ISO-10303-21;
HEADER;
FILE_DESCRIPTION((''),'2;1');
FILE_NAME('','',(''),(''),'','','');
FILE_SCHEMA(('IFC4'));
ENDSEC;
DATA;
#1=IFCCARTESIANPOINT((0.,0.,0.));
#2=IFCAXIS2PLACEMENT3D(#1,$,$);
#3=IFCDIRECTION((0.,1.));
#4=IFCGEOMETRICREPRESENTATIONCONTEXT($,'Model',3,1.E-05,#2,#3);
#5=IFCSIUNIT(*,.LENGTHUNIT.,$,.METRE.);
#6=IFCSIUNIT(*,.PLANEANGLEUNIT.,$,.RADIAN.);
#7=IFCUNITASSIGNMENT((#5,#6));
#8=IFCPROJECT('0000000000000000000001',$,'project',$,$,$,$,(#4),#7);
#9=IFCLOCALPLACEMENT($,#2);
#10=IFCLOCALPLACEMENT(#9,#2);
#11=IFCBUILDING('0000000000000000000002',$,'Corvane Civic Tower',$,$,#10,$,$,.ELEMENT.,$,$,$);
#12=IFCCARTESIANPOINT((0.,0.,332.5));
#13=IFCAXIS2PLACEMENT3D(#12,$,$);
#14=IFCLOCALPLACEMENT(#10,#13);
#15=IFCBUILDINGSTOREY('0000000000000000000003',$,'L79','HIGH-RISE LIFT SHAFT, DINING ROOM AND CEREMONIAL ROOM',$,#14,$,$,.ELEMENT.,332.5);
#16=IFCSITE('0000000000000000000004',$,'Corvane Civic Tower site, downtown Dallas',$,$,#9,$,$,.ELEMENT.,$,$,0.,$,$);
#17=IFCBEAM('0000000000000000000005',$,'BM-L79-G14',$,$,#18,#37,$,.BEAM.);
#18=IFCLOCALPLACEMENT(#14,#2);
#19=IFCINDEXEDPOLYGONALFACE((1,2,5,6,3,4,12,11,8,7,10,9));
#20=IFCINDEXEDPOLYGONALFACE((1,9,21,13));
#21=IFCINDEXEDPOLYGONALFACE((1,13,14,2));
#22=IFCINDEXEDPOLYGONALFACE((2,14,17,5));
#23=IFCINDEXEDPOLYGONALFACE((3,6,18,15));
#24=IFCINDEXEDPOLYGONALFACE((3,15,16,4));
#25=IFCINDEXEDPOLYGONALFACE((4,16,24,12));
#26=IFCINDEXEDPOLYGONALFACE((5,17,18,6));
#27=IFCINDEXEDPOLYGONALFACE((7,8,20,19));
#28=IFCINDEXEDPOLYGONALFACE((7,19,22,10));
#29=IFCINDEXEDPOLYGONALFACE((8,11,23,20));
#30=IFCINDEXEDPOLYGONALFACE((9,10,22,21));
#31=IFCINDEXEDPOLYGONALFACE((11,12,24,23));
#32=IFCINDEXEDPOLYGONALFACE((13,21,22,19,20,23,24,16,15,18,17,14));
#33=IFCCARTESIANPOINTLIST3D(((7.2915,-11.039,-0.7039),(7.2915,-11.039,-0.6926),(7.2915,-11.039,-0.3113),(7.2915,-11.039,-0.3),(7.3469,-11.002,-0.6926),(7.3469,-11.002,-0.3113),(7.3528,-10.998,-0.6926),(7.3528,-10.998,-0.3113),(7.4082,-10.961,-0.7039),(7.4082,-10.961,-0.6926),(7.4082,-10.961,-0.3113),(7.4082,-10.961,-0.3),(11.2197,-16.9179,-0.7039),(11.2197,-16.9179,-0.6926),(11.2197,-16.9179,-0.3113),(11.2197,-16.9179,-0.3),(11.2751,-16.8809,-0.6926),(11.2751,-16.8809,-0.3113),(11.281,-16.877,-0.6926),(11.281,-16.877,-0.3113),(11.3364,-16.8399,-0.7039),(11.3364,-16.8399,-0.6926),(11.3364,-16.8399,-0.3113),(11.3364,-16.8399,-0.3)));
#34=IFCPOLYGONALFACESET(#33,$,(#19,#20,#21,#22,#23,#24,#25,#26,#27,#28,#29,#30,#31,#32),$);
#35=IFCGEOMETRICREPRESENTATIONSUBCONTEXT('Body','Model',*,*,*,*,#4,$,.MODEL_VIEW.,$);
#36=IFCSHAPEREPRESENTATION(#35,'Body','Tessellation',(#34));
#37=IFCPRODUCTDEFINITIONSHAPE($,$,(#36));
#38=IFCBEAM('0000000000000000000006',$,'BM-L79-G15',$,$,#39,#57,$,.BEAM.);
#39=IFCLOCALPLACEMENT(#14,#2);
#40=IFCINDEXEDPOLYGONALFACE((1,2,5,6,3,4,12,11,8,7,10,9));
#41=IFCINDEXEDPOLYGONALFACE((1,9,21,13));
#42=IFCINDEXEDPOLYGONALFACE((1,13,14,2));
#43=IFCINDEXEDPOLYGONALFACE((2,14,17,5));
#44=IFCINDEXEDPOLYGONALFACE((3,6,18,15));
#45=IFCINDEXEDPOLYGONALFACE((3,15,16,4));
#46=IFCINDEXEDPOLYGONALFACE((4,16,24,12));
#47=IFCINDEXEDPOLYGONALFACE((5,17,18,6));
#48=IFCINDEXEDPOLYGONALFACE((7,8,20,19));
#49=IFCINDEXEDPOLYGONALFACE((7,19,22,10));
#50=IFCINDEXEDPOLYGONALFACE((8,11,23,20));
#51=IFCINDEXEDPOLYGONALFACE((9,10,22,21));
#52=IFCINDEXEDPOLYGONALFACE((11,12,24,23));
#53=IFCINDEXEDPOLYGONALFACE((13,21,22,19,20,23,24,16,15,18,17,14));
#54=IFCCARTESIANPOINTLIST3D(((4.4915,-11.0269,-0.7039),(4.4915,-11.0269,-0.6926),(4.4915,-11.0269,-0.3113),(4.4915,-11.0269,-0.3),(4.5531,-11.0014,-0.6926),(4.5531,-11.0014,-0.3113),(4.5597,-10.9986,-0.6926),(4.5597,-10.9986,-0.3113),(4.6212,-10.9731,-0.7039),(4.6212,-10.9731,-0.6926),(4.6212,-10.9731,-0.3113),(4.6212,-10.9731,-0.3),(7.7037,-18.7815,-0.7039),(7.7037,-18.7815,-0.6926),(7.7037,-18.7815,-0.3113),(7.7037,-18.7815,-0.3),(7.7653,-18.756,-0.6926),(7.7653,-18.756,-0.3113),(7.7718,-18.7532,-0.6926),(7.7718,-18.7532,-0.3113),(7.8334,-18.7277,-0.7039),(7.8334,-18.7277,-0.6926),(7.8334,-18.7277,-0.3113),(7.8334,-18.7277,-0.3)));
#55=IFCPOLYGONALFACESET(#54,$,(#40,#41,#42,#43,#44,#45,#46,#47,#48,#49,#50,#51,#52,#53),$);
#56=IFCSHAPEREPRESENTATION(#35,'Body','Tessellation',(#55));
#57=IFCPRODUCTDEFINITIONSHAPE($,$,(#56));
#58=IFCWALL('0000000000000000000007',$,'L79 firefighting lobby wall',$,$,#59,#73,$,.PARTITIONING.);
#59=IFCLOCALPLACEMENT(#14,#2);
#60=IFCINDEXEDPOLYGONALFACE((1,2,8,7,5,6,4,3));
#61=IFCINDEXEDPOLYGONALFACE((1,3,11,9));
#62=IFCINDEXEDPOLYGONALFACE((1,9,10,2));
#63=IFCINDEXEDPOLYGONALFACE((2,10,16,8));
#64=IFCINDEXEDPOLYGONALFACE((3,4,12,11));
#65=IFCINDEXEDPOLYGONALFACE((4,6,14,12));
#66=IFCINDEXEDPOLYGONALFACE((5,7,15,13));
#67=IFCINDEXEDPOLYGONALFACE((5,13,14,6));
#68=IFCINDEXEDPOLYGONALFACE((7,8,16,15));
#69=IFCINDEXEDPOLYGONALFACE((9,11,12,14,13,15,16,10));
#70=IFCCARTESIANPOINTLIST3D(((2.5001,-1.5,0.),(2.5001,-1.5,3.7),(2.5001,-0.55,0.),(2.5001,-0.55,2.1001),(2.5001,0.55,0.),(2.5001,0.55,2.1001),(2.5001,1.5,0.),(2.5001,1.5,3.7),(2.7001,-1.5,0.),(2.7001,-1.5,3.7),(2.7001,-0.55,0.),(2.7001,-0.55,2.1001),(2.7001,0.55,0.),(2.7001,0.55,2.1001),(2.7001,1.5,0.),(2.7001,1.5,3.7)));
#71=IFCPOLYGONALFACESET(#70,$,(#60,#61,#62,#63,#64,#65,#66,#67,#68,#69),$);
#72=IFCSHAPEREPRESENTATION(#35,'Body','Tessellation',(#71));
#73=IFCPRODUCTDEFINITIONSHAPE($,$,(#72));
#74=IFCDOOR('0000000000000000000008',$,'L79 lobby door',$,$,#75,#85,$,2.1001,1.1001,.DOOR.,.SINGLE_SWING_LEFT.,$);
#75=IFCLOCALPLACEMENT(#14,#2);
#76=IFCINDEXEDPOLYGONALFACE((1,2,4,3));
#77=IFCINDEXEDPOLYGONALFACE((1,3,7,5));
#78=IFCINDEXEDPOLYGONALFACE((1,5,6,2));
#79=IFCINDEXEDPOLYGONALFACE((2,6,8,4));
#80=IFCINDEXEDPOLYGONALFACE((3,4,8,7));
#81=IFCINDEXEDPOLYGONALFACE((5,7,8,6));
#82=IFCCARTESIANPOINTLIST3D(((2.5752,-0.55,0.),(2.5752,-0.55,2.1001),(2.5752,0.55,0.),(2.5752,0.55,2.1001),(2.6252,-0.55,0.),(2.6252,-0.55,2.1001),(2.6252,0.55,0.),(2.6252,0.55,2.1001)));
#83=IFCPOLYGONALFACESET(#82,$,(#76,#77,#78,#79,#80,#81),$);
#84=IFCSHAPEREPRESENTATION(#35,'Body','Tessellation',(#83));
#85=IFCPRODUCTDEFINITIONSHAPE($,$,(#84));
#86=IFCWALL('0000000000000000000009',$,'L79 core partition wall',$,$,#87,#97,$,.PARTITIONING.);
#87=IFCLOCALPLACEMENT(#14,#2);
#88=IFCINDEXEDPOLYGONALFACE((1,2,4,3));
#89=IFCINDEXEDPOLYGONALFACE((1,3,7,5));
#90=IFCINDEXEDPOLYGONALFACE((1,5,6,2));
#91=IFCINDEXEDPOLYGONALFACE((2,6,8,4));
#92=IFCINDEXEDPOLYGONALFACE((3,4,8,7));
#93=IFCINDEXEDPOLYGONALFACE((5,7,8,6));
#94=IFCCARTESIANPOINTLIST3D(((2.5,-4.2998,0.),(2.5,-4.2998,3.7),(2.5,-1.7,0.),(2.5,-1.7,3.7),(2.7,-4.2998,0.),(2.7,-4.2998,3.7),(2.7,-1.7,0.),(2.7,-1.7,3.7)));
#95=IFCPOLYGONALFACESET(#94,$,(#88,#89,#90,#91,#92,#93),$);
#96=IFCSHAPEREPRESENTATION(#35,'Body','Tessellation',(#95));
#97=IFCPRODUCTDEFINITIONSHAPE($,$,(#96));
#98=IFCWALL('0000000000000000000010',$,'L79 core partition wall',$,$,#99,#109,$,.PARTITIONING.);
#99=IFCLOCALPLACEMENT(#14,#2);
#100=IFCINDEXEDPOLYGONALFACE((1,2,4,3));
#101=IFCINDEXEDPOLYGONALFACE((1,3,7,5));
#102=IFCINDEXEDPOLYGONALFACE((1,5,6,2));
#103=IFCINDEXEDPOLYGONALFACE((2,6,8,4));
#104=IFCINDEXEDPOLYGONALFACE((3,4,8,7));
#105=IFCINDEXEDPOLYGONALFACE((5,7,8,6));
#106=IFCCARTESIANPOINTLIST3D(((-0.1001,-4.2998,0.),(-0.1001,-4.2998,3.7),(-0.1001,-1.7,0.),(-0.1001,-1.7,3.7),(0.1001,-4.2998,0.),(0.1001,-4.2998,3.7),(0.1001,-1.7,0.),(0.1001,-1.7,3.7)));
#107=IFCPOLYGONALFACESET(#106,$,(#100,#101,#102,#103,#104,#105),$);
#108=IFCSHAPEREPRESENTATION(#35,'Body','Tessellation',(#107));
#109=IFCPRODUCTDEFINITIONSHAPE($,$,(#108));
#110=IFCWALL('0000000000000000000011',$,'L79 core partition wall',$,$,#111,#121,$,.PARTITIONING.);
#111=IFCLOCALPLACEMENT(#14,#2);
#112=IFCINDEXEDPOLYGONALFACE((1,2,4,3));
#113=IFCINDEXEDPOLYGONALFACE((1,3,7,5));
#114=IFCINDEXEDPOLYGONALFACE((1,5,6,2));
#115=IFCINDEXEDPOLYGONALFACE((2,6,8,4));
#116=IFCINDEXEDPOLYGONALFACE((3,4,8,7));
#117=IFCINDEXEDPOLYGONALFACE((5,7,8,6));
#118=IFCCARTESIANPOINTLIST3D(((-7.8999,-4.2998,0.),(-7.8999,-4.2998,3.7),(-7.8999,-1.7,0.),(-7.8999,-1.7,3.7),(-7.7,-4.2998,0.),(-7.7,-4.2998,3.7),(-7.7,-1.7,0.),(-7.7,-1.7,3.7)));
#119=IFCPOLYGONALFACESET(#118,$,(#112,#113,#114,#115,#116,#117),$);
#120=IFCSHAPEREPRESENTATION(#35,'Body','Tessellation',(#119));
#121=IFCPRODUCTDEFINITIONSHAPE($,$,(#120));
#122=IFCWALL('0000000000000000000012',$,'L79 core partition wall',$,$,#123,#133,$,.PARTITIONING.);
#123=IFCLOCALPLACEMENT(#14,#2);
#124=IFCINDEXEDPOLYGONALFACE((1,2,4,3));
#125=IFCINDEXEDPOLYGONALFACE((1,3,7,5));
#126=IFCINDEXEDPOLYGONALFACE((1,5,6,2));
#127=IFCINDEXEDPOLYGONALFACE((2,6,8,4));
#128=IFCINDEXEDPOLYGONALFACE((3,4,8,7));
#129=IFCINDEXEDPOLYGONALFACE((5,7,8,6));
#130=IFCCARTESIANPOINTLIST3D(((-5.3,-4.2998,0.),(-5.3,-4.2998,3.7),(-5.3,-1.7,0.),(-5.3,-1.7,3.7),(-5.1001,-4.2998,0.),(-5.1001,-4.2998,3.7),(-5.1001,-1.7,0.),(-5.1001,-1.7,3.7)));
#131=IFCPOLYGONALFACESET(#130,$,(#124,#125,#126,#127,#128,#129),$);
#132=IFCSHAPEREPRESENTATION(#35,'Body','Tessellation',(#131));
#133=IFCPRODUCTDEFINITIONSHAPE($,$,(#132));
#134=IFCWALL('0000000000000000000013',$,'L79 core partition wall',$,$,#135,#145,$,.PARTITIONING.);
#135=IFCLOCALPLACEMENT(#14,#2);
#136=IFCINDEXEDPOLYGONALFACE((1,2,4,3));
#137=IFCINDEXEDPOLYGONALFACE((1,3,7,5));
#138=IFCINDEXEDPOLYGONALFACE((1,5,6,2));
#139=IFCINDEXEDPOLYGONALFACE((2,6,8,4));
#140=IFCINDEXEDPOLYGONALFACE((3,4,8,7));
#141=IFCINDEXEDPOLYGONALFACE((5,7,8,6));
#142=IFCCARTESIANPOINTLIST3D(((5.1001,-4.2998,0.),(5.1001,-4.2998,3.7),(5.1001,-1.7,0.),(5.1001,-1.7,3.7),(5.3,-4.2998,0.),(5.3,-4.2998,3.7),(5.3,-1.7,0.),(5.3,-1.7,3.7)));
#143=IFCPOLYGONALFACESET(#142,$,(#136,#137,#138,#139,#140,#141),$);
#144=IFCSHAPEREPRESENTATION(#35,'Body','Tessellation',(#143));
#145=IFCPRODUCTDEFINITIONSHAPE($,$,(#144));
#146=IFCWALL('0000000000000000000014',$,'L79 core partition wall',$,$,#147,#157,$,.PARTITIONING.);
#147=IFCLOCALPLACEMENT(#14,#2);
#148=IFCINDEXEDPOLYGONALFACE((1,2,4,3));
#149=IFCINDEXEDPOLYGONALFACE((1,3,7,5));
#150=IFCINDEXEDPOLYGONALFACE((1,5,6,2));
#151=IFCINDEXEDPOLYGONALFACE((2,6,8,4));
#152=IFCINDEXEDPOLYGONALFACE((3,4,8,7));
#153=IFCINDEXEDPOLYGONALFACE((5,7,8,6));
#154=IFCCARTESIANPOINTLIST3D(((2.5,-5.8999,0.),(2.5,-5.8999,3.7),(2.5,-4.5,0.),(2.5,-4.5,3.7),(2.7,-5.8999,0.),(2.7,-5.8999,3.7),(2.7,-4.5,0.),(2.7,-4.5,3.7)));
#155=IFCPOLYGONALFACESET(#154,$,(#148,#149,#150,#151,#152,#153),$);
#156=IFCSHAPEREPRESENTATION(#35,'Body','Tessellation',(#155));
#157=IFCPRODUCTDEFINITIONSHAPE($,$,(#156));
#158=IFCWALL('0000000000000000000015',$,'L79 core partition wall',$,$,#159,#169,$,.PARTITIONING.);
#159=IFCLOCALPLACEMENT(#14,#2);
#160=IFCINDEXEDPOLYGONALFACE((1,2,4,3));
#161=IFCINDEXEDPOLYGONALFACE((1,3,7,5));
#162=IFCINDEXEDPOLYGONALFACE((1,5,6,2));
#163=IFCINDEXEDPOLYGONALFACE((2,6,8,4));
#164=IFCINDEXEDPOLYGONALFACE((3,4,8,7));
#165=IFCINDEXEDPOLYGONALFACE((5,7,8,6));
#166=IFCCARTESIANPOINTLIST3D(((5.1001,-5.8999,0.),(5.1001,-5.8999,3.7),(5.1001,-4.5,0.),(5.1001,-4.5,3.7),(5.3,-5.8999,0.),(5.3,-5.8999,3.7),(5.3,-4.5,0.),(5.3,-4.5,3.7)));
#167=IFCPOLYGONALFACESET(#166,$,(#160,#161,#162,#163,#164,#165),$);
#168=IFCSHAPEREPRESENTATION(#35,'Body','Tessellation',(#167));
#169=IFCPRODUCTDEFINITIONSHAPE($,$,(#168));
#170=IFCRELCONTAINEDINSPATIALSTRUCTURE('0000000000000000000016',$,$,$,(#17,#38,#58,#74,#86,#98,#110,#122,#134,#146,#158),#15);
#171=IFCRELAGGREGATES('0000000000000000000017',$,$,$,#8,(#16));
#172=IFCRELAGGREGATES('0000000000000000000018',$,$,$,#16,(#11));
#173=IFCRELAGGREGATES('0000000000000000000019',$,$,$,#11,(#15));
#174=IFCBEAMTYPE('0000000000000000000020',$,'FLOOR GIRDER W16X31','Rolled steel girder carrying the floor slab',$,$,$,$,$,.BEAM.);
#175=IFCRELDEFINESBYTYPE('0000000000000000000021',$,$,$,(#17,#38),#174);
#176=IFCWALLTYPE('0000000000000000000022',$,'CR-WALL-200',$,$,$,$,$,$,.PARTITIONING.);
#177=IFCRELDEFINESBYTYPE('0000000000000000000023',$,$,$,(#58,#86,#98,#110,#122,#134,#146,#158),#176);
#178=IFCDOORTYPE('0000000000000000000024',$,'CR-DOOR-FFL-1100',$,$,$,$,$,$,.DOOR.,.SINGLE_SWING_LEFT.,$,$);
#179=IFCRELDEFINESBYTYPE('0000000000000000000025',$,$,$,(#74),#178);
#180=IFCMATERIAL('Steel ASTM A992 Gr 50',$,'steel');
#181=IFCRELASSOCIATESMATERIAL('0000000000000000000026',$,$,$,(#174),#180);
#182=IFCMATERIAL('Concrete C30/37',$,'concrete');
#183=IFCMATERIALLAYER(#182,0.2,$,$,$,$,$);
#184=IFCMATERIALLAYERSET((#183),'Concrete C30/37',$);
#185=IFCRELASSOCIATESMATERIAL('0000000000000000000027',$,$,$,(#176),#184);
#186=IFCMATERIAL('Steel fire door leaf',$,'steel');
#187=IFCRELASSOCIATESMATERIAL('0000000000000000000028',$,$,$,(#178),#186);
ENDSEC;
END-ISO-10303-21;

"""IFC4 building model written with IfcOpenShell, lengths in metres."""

from ifc_helpers import new_model, si_unit, direction, frame, frame_2d, origin, origin_2d, place, context, subcontext, project, spatial, polyline, rectangle, i_section, outline, extrude, material, layer, layer_set, material_profile, profile_set, type_object, element, fill, save


model = new_model("IFC4")

# Units and contexts
model_context = context("Model", 3, precision=1e-05, world=origin(), true_north=direction((0.0, 1.0)))
body_context = subcontext(model_context, "Body", "Model", "MODEL_VIEW")
ifc_project = project(units=[si_unit("LENGTHUNIT", "METRE"), si_unit("PLANEANGLEUNIT", "RADIAN")], contexts=[model_context])

# Site, building, storey
site_placement = place(None, origin())
site = spatial("IfcSite", under=ifc_project, at=site_placement, Name="Corvane Civic Tower site, downtown Dallas", CompositionType="ELEMENT", RefElevation=0.0)
building_placement = place(site_placement, origin())
building = spatial("IfcBuilding", under=site, at=building_placement, Name="Corvane Civic Tower", CompositionType="ELEMENT")
storey_placement = place(building_placement, frame((0.0, 0.0, 332.5)))
storey = spatial("IfcBuildingStorey", under=building, at=storey_placement, Name="L79", Description="HIGH-RISE LIFT SHAFT, DINING ROOM AND CEREMONIAL ROOM", CompositionType="ELEMENT", Elevation=332.5)

# Beams
ifc_material_1 = material(Name="Steel ASTM A992 Gr 50", Category="steel")
ifc_material_profile = material_profile(ifc_material_1, i_section(OverallWidth=0.1404, OverallDepth=0.4038, WebThickness=0.0071, FlangeThickness=0.0112, at=origin_2d()), Name="W16X31")
ifc_profile_set = profile_set([ifc_material_profile], Name="Steel ASTM A992 Gr 50")
beam_type = type_object("IfcBeamType", Name="FLOOR GIRDER W16X31", Description="Rolled steel girder carrying the floor slab", PredefinedType="BEAM", material=ifc_profile_set)
beam_1_placement = place(storey_placement, frame((7.3499, -11.0, -0.502), z_axis=(0.555576, -0.831465, 0.0), x_axis=(0.831465, 0.555576, 0.0)))
element("IfcBeam", 1, at=beam_1_placement, inside=storey, type_object=beam_type, Name="BM-L79-G14", PredefinedType="BEAM", context=body_context, shape_type="SweptSolid", body=[
    extrude(i_section(OverallWidth=0.1404, OverallDepth=0.4038, WebThickness=0.0071, FlangeThickness=0.0112, at=origin_2d()), origin(), (0.0, 0.0, 1.0), 7.0706),
])
beam_2_placement = place(storey_placement, frame((4.5564, -11.0, -0.502), z_axis=(0.382692, -0.923876, 0.0), x_axis=(0.923876, 0.382692, 0.0)))
element("IfcBeam", 2, at=beam_2_placement, inside=storey, type_object=beam_type, Name="BM-L79-G15", PredefinedType="BEAM", context=body_context, shape_type="SweptSolid", body=[
    extrude(i_section(OverallWidth=0.1404, OverallDepth=0.4038, WebThickness=0.0071, FlangeThickness=0.0112, at=origin_2d()), origin(), (0.0, 0.0, 1.0), 8.3936),
])

# Wall, opening, door
ifc_material_2 = material(Name="Concrete C30/37", Category="concrete")
ifc_layer_1 = layer(ifc_material_2, 0.2)
ifc_layer_set_1 = layer_set([ifc_layer_1], Name="Concrete C30/37")
wall_type_1 = type_object("IfcWallType", Name="CR-WALL-200", PredefinedType="PARTITIONING", material=ifc_layer_set_1)
wall_1_placement = place(storey_placement, frame((2.6001, -1.5, 0.0), z_axis=(0.0, 0.0, 1.0), x_axis=(0.0, 1.0, 0.0)))
wall_1 = element("IfcWall", 3, at=wall_1_placement, inside=storey, type_object=wall_type_1, Name="L79 firefighting lobby wall", PredefinedType="PARTITIONING", context=body_context, shape_type="SweptSolid", body=[
    extrude(rectangle(XDim=3.0, YDim=0.2, at=frame_2d((1.5, 0.0))), origin(), (0.0, 0.0, 1.0), 3.7),
])
opening_1_placement = place(wall_1_placement, frame((0.95, 0.0, 0.0)))
opening_1 = element("IfcOpeningElement", 4, at=opening_1_placement, cuts=wall_1, PredefinedType="OPENING", context=body_context, shape_type="SweptSolid", body=[
    extrude(rectangle(XDim=1.1001, YDim=2.1001, at=frame_2d((0.55, 1.05))), frame((0.0, 0.1099, 0.0), z_axis=(0.0, -1.0, 0.0), x_axis=(1.0, 0.0, 0.0)), (0.0, 0.0, 1.0), 0.22),
])
ifc_material_3 = material(Name="Steel fire door leaf", Category="steel")
door_type_1 = type_object("IfcDoorType", Name="CR-DOOR-FFL-1100", OperationType="SINGLE_SWING_LEFT", PredefinedType="DOOR", material=ifc_material_3)
door_1_placement = place(opening_1_placement, origin())
door_1 = element("IfcDoor", 5, at=door_1_placement, inside=storey, type_object=door_type_1, Name="L79 lobby door", OperationType="SINGLE_SWING_LEFT", OverallHeight=2.1001, OverallWidth=1.1001, PredefinedType="DOOR", context=body_context, shape_type="SweptSolid", body=[
    extrude(rectangle(XDim=1.1001, YDim=2.1001, at=frame_2d((0.55, 1.05))), frame((0.0, 0.0249, 0.0), z_axis=(0.0, -1.0, 0.0), x_axis=(1.0, 0.0, 0.0)), (0.0, 0.0, 1.0), 0.05),
])
fill(opening_1, door_1)

# Walls
wall_2_placement = place(storey_placement, origin())
element("IfcWall", 6, at=wall_2_placement, inside=storey, type_object=wall_type_1, Name="L79 core partition wall", PredefinedType="PARTITIONING", context=body_context, shape_type="SweptSolid", body=[
    extrude(outline(polyline([(2.7, -1.7), (2.7, -4.2998), (2.5, -4.2998), (2.5, -1.7), (2.7, -1.7)])), origin(), (0.0, 0.0, 1.0), 3.7),
])
wall_3_placement = place(storey_placement, origin())
element("IfcWall", 7, at=wall_3_placement, inside=storey, type_object=wall_type_1, Name="L79 core partition wall", PredefinedType="PARTITIONING", context=body_context, shape_type="SweptSolid", body=[
    extrude(outline(polyline([(0.1001, -1.7), (0.1001, -4.2998), (-0.1001, -4.2998), (-0.1001, -1.7), (0.1001, -1.7)])), origin(), (0.0, 0.0, 1.0), 3.7),
])
wall_4_placement = place(storey_placement, origin())
element("IfcWall", 8, at=wall_4_placement, inside=storey, type_object=wall_type_1, Name="L79 core partition wall", PredefinedType="PARTITIONING", context=body_context, shape_type="SweptSolid", body=[
    extrude(outline(polyline([(-7.7, -1.7), (-7.7, -4.2998), (-7.8999, -4.2998), (-7.8999, -1.7), (-7.7, -1.7)])), origin(), (0.0, 0.0, 1.0), 3.7),
])
wall_5_placement = place(storey_placement, origin())
element("IfcWall", 9, at=wall_5_placement, inside=storey, type_object=wall_type_1, Name="L79 core partition wall", PredefinedType="PARTITIONING", context=body_context, shape_type="SweptSolid", body=[
    extrude(outline(polyline([(-5.1001, -1.7), (-5.1001, -4.2998), (-5.3, -4.2998), (-5.3, -1.7), (-5.1001, -1.7)])), origin(), (0.0, 0.0, 1.0), 3.7),
])
wall_6_placement = place(storey_placement, origin())
element("IfcWall", 10, at=wall_6_placement, inside=storey, type_object=wall_type_1, Name="L79 core partition wall", PredefinedType="PARTITIONING", context=body_context, shape_type="SweptSolid", body=[
    extrude(outline(polyline([(5.3, -1.7), (5.3, -4.2998), (5.1001, -4.2998), (5.1001, -1.7), (5.3, -1.7)])), origin(), (0.0, 0.0, 1.0), 3.7),
])
wall_7_placement = place(storey_placement, origin())
element("IfcWall", 11, at=wall_7_placement, inside=storey, type_object=wall_type_1, Name="L79 core partition wall", PredefinedType="PARTITIONING", context=body_context, shape_type="SweptSolid", body=[
    extrude(outline(polyline([(2.7, -5.8999), (2.5, -5.8999), (2.5, -4.5), (2.7, -4.5), (2.7, -5.8999)])), origin(), (0.0, 0.0, 1.0), 3.7),
])
wall_8_placement = place(storey_placement, origin())
element("IfcWall", 12, at=wall_8_placement, inside=storey, type_object=wall_type_1, Name="L79 core partition wall", PredefinedType="PARTITIONING", context=body_context, shape_type="SweptSolid", body=[
    extrude(outline(polyline([(5.3, -5.8999), (5.1001, -5.8999), (5.1001, -4.5), (5.3, -4.5), (5.3, -5.8999)])), origin(), (0.0, 0.0, 1.0), 3.7),
])

save(model, "model.ifc")
